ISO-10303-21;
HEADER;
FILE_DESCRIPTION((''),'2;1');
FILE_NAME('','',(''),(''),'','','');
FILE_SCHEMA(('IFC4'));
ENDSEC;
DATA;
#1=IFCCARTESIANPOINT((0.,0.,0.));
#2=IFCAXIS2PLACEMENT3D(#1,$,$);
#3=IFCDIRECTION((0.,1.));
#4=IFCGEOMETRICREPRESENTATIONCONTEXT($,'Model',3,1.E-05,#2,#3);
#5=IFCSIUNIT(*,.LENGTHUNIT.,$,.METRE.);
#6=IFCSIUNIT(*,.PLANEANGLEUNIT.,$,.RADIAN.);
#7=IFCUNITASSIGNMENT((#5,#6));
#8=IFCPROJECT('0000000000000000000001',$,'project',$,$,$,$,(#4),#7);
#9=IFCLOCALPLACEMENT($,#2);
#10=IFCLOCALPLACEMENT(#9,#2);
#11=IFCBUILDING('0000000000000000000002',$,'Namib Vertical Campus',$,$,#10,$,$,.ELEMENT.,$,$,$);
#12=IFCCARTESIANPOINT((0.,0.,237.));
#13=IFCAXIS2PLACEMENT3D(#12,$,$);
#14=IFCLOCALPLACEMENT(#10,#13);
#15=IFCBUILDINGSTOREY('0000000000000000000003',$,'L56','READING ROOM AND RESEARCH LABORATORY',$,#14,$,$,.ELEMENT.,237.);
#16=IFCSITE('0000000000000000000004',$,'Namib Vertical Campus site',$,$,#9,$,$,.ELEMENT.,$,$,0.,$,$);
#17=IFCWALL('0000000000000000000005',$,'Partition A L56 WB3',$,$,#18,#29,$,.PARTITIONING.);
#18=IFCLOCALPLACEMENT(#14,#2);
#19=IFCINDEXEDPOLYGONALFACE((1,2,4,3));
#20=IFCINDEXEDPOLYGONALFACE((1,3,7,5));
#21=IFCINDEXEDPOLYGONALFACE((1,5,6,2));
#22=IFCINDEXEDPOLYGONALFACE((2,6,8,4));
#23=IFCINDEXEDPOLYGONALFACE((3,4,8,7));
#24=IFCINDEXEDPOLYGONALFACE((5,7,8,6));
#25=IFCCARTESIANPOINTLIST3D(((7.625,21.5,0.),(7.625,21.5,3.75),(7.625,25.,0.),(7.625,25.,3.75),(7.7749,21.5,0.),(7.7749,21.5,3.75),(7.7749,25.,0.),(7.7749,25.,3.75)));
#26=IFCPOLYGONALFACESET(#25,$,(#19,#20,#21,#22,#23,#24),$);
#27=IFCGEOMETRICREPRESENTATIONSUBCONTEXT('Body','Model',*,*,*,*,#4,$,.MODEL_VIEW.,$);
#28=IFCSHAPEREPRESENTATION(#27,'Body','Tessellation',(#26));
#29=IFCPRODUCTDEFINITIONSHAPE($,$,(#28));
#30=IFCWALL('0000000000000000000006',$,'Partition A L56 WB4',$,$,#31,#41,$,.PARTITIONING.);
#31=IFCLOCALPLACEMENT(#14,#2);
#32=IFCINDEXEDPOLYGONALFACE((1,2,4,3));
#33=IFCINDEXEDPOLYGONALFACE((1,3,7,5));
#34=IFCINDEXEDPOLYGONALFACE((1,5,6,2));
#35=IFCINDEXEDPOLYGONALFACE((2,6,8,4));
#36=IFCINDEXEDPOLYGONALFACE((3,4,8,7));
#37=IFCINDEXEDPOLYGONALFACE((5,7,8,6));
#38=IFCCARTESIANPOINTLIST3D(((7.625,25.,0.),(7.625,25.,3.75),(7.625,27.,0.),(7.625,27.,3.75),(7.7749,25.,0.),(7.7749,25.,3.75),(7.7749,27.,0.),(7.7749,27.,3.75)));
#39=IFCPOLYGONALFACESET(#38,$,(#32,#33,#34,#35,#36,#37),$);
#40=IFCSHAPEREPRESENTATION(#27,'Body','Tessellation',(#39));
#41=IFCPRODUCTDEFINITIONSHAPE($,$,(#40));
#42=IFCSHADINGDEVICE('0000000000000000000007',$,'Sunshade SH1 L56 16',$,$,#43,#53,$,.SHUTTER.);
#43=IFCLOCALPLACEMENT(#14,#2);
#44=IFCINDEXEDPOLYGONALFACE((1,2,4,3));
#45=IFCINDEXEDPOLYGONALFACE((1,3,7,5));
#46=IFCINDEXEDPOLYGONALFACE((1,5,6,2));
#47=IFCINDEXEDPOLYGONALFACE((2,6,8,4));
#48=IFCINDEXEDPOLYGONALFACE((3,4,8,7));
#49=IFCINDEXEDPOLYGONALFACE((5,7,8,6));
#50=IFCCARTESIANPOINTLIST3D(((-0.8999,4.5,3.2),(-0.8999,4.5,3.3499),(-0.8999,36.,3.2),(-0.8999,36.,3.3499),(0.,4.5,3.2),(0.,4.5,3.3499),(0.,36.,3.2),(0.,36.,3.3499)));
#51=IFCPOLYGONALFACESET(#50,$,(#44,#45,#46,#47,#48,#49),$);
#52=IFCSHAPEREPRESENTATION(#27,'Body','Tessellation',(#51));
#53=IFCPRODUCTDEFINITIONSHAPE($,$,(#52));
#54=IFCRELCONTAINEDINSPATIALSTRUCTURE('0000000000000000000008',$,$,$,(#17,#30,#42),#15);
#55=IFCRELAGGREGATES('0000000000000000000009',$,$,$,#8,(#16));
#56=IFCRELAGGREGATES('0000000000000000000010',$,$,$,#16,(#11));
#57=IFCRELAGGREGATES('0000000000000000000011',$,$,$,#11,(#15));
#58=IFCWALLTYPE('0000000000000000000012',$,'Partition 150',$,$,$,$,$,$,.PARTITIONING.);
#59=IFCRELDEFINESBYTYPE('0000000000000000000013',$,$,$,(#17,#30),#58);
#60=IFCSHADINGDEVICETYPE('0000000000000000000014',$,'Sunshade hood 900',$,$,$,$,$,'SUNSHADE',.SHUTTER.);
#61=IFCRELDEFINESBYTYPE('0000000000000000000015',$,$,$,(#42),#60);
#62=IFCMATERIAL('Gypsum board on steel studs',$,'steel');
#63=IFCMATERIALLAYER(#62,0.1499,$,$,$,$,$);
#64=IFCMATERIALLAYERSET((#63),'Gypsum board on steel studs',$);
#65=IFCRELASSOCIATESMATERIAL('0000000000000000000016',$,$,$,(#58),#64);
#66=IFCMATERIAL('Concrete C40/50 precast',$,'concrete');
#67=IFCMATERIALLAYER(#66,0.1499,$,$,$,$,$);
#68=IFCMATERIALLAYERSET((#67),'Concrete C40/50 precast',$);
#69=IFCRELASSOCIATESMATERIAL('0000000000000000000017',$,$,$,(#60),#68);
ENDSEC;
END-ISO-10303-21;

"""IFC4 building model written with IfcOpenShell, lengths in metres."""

from ifc_helpers import new_model, si_unit, direction, frame, frame_2d, origin, origin_2d, place, context, subcontext, project, spatial, rectangle, extrude, material, layer, layer_set, type_object, element, save


model = new_model("IFC4")

# Units and contexts
model_context = context("Model", 3, precision=1e-05, world=origin(), true_north=direction((0.0, 1.0)))
body_context = subcontext(model_context, "Body", "Model", "MODEL_VIEW")
ifc_project = project(units=[si_unit("LENGTHUNIT", "METRE"), si_unit("PLANEANGLEUNIT", "RADIAN")], contexts=[model_context])

# Site, building, storey
site_placement = place(None, origin())
site = spatial("IfcSite", under=ifc_project, at=site_placement, Name="Namib Vertical Campus site", CompositionType="ELEMENT", RefElevation=0.0)
building_placement = place(site_placement, origin())
building = spatial("IfcBuilding", under=site, at=building_placement, Name="Namib Vertical Campus", CompositionType="ELEMENT")
storey_placement = place(building_placement, frame((0.0, 0.0, 237.0)))
storey = spatial("IfcBuildingStorey", under=building, at=storey_placement, Name="L56", Description="READING ROOM AND RESEARCH LABORATORY", CompositionType="ELEMENT", Elevation=237.0)

# Shared definitions
ifc_material_1 = material(Name="Gypsum board on steel studs", Category="steel")
ifc_layer_1 = layer(ifc_material_1, 0.1499)
ifc_layer_set_1 = layer_set([ifc_layer_1], Name="Gypsum board on steel studs")
wall_type_1 = type_object("IfcWallType", Name="Partition 150", PredefinedType="PARTITIONING", material=ifc_layer_set_1)

# Walls
wall_1_placement = place(storey_placement, frame((7.7, 21.5, 0.0), z_axis=(0.0, 0.0, 1.0), x_axis=(0.0, 1.0, 0.0)))
element("IfcWall", 1, at=wall_1_placement, inside=storey, type_object=wall_type_1, Name="Partition A L56 WB3", PredefinedType="PARTITIONING", context=body_context, shape_type="SweptSolid", body=[
    extrude(rectangle(XDim=3.5, YDim=0.1499, at=frame_2d((1.75, 0.0))), origin(), (0.0, 0.0, 1.0), 3.75),
])
wall_2_placement = place(storey_placement, frame((7.7, 25.0, 0.0), z_axis=(0.0, 0.0, 1.0), x_axis=(0.0, 1.0, 0.0)))
element("IfcWall", 2, at=wall_2_placement, inside=storey, type_object=wall_type_1, Name="Partition A L56 WB4", PredefinedType="PARTITIONING", context=body_context, shape_type="SweptSolid", body=[
    extrude(rectangle(XDim=2.0, YDim=0.1499, at=frame_2d((1.0, 0.0))), origin(), (0.0, 0.0, 1.0), 3.75),
])

# Shading device
ifc_material_2 = material(Name="Concrete C40/50 precast", Category="concrete")
ifc_layer_2 = layer(ifc_material_2, 0.1499)
ifc_layer_set_2 = layer_set([ifc_layer_2], Name="Concrete C40/50 precast")
shading_device_type = type_object("IfcShadingDeviceType", Name="Sunshade hood 900", ElementType="SUNSHADE", PredefinedType="SHUTTER", material=ifc_layer_set_2)
shading_device_placement = place(storey_placement, frame((-0.45, 20.25, 3.2), z_axis=(0.0, 0.0, 1.0), x_axis=(0.0, -1.0, 0.0)))
element("IfcShadingDevice", 3, at=shading_device_placement, inside=storey, type_object=shading_device_type, Name="Sunshade SH1 L56 16", PredefinedType="SHUTTER", context=body_context, shape_type="SweptSolid", body=[
    extrude(rectangle(XDim=31.5, YDim=0.8999, at=origin_2d()), origin(), (0.0, 0.0, 1.0), 0.1499),
])

save(model, "model.ifc")
